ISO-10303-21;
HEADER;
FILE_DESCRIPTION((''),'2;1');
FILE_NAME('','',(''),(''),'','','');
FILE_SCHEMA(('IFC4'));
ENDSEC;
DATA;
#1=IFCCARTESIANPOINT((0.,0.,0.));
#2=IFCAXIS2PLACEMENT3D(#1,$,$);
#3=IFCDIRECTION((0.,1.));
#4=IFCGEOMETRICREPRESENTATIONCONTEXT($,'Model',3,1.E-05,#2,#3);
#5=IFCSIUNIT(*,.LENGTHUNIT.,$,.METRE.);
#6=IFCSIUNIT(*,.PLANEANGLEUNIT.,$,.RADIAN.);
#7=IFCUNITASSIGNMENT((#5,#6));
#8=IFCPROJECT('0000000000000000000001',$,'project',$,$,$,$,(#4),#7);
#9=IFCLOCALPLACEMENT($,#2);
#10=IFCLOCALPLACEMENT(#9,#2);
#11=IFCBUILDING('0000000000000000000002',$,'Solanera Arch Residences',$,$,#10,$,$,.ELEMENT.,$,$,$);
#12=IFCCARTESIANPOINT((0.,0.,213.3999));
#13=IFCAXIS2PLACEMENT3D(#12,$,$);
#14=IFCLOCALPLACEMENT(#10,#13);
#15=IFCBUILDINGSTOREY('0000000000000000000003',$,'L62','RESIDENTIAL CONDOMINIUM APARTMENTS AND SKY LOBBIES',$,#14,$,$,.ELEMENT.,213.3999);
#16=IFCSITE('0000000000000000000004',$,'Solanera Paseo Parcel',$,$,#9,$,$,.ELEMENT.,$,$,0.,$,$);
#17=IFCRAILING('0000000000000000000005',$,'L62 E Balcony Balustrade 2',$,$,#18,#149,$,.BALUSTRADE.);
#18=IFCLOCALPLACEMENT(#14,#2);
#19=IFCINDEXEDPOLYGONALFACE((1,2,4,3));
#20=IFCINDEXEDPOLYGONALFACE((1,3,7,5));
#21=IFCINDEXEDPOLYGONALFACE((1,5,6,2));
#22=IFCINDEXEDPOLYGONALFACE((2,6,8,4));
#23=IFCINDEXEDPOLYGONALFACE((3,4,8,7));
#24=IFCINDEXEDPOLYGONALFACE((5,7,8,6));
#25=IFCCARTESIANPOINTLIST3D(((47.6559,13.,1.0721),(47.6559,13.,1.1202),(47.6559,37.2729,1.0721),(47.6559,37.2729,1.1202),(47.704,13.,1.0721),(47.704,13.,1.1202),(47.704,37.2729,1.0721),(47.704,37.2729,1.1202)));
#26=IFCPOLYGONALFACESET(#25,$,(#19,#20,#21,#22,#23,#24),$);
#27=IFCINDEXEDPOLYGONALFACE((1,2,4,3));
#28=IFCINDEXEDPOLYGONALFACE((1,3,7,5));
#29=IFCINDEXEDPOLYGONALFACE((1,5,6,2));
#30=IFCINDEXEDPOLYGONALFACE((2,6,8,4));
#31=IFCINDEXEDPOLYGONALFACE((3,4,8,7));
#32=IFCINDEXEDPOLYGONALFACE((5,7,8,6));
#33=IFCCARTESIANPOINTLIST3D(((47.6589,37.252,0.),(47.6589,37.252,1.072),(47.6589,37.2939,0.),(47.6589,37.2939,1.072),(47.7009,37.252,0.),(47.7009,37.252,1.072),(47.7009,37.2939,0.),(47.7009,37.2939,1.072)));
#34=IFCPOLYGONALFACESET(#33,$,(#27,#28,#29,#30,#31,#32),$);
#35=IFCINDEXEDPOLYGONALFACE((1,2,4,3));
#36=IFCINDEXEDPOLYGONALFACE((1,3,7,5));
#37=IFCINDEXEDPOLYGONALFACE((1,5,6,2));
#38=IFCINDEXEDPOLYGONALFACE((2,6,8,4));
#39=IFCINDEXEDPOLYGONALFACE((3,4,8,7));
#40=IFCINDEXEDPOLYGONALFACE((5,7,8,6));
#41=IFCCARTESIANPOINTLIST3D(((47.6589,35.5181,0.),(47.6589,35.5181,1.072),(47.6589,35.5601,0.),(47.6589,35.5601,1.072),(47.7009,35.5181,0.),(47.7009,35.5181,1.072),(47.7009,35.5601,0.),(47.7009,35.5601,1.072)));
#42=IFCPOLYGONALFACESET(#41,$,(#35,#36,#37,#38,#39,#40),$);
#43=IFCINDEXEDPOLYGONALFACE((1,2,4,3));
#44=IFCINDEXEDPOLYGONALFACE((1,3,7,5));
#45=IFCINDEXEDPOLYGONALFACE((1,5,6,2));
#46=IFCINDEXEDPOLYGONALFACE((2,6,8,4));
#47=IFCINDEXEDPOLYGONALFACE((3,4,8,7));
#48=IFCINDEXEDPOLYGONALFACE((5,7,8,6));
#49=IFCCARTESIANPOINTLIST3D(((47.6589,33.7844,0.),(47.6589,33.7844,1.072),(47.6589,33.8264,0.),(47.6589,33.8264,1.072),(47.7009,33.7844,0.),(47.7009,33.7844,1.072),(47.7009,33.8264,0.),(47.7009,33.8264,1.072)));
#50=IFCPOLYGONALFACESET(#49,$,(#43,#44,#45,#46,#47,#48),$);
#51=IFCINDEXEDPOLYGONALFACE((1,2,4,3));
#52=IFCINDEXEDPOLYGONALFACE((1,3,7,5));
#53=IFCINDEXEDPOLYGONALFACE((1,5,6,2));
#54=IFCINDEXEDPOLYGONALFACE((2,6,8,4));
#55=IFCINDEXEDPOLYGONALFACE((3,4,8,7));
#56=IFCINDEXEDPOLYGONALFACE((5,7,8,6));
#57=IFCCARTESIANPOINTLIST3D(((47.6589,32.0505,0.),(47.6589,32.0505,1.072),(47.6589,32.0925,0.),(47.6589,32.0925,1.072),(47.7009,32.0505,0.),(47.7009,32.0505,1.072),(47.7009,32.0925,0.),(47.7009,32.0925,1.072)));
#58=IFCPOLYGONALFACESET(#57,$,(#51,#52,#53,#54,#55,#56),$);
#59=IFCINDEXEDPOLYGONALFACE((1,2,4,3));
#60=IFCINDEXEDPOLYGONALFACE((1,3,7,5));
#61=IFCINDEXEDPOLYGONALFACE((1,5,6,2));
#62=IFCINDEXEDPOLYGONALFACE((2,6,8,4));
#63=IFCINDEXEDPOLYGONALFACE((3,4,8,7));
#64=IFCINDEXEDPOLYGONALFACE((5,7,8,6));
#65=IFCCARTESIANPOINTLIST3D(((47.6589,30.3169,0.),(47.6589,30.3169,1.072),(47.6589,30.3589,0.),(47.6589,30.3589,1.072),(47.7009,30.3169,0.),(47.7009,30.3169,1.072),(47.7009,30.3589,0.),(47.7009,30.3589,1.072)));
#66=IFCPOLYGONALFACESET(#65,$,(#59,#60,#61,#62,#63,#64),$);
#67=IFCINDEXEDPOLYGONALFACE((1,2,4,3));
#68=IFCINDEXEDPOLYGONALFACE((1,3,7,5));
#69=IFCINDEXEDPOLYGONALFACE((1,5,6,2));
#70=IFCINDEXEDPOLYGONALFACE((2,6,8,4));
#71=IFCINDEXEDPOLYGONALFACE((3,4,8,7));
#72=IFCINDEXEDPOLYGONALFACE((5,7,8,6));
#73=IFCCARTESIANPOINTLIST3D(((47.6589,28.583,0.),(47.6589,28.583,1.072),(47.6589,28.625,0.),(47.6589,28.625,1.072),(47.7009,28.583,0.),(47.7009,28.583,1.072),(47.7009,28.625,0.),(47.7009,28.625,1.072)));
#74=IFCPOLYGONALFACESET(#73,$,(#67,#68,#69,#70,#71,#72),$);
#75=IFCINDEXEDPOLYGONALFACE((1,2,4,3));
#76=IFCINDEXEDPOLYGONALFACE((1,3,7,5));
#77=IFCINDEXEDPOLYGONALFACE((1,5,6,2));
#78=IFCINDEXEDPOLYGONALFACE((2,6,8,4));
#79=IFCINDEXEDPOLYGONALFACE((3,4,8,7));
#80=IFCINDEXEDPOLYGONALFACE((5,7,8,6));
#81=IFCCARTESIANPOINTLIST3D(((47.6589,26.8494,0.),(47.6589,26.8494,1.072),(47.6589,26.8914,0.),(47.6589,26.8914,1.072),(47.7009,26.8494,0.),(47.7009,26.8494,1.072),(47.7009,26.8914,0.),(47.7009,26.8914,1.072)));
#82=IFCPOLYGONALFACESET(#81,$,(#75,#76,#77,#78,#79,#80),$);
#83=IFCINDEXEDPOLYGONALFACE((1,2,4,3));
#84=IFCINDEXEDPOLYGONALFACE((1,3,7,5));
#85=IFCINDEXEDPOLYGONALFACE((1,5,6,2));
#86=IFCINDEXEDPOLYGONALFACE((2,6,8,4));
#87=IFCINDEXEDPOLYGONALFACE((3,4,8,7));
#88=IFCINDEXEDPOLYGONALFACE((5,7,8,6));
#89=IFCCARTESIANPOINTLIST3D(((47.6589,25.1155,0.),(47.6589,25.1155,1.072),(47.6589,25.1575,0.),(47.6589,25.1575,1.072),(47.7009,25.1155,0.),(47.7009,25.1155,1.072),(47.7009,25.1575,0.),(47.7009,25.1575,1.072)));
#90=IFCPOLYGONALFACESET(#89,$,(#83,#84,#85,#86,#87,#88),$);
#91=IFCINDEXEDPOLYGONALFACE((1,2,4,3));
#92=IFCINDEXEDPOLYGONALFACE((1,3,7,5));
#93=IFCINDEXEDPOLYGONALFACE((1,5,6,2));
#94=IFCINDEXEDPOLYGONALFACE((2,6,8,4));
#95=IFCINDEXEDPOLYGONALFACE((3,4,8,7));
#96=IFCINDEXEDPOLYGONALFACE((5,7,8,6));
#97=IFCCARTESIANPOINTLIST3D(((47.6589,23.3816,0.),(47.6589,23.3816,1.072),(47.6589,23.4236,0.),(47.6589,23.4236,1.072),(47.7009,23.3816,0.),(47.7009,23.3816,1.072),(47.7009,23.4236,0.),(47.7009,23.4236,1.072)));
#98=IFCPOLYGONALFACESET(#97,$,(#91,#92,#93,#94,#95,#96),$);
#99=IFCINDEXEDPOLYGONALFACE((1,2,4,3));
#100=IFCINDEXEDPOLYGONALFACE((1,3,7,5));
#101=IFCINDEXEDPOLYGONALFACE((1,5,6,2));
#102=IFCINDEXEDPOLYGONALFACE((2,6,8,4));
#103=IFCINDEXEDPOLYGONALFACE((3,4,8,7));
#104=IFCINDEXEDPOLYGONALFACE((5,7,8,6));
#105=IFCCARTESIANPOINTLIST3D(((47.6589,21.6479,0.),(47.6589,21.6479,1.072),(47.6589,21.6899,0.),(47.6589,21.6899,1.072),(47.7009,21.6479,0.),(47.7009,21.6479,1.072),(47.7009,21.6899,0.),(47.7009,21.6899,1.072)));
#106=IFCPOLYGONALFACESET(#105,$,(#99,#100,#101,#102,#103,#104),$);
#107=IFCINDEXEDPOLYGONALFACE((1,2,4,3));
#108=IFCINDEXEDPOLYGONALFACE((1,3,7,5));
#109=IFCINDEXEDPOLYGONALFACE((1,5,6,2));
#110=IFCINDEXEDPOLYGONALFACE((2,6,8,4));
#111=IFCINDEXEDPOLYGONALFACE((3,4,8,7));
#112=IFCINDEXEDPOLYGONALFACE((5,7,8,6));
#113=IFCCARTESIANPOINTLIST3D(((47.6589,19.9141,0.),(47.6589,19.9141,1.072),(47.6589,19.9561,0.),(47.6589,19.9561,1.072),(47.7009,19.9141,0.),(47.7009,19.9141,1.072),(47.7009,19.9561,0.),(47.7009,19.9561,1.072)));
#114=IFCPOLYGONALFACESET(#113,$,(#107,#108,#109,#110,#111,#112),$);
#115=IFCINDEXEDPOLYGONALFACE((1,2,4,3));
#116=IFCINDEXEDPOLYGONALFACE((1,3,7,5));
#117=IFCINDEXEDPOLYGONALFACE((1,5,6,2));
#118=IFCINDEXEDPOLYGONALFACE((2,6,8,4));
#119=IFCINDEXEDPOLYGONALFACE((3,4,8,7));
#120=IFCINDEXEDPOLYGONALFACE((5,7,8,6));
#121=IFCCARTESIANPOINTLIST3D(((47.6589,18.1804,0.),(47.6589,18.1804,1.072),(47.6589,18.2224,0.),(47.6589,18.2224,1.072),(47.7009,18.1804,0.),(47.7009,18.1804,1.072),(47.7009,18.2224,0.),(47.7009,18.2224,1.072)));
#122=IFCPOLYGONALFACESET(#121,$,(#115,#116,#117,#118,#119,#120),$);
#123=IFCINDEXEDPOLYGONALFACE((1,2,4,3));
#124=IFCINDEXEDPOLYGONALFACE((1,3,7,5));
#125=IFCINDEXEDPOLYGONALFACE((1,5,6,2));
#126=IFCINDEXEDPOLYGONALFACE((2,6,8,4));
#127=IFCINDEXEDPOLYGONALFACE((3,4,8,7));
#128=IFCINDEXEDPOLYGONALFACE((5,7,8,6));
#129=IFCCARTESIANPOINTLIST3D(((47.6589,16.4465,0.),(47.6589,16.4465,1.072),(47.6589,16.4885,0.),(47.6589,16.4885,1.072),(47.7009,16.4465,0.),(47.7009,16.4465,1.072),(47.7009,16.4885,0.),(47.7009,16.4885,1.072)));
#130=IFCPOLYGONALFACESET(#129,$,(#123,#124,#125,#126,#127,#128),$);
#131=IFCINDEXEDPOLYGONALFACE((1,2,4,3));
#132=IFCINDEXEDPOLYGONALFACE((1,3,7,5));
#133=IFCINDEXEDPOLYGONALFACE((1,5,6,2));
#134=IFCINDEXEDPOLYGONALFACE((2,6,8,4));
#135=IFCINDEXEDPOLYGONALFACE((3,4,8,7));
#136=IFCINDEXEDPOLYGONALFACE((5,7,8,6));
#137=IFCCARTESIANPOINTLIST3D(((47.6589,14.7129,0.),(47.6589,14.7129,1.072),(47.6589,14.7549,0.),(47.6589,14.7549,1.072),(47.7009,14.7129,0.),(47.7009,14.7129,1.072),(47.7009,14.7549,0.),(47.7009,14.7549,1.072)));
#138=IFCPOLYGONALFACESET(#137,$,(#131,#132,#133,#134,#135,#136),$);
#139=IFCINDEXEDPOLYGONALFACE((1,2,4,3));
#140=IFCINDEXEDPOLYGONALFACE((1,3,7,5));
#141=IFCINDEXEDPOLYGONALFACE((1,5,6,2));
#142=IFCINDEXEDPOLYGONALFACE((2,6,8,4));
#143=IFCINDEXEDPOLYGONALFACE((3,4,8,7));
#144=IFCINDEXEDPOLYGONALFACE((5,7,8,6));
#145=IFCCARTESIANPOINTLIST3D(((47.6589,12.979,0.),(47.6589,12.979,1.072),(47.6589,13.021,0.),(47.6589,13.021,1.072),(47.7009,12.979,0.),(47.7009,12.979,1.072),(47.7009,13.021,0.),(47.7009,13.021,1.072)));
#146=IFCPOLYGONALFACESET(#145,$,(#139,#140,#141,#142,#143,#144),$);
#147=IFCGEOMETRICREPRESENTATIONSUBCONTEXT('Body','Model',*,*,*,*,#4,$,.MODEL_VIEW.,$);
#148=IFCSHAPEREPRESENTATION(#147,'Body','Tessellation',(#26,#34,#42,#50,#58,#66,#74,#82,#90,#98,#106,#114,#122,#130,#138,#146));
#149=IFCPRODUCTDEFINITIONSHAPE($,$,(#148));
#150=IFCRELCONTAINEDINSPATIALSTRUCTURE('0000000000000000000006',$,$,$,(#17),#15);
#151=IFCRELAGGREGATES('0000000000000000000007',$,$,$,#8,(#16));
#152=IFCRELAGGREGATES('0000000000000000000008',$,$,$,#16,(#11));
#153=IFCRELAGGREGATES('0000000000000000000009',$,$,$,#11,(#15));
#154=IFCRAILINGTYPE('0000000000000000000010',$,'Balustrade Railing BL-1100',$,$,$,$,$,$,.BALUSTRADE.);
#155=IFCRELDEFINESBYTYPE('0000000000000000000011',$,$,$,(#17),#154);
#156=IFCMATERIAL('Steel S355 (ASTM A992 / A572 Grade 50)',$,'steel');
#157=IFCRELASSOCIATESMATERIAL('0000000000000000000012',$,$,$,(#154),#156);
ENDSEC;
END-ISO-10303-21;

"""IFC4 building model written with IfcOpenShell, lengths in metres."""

from ifc_helpers import new_model, si_unit, direction, frame, origin, origin_2d, place, context, subcontext, project, spatial, rectangle, extrude, material, type_object, element, save


model = new_model("IFC4")

# Units and contexts
model_context = context("Model", 3, precision=1e-05, world=origin(), true_north=direction((0.0, 1.0)))
body_context = subcontext(model_context, "Body", "Model", "MODEL_VIEW")
ifc_project = project(units=[si_unit("LENGTHUNIT", "METRE"), si_unit("PLANEANGLEUNIT", "RADIAN")], contexts=[model_context])

# Site, building, storey
site_placement = place(None, origin())
site = spatial("IfcSite", under=ifc_project, at=site_placement, Name="Solanera Paseo Parcel", CompositionType="ELEMENT", RefElevation=0.0)
building_placement = place(site_placement, origin())
building = spatial("IfcBuilding", under=site, at=building_placement, Name="Solanera Arch Residences", CompositionType="ELEMENT")
storey_placement = place(building_placement, frame((0.0, 0.0, 213.3999)))
storey = spatial("IfcBuildingStorey", under=building, at=storey_placement, Name="L62", Description="RESIDENTIAL CONDOMINIUM APARTMENTS AND SKY LOBBIES", CompositionType="ELEMENT", Elevation=213.3999)

# Railing
ifc_material_1 = material(Name="Steel S355 (ASTM A992 / A572 Grade 50)", Category="steel")
railing_type = type_object("IfcRailingType", Name="Balustrade Railing BL-1100", PredefinedType="BALUSTRADE", material=ifc_material_1)
railing_placement = place(storey_placement, frame((47.6799, 37.2729, 0.0)))
element("IfcRailing", 1, at=railing_placement, inside=storey, type_object=railing_type, Name="L62 E Balcony Balustrade 2", PredefinedType="BALUSTRADE", context=body_context, shape_type="SweptSolid", body=[
    extrude(rectangle(XDim=0.0481, YDim=0.0481, at=origin_2d()), frame((0.0, 0.0, 1.0962), z_axis=(0.0, -1.0, 0.0), x_axis=(1.0, 0.0, 0.0)), (0.0, 0.0, 1.0), 24.2729),
    extrude(rectangle(XDim=0.042, YDim=0.042, at=origin_2d()), origin(), (0.0, 0.0, 1.0), 1.072),
    extrude(rectangle(XDim=0.042, YDim=0.042, at=origin_2d()), frame((0.0, -1.7339, 0.0)), (0.0, 0.0, 1.0), 1.072),
    extrude(rectangle(XDim=0.042, YDim=0.042, at=origin_2d()), frame((0.0, -3.4675, 0.0)), (0.0, 0.0, 1.0), 1.072),
    extrude(rectangle(XDim=0.042, YDim=0.042, at=origin_2d()), frame((0.0, -5.2014, 0.0)), (0.0, 0.0, 1.0), 1.072),
    extrude(rectangle(XDim=0.042, YDim=0.042, at=origin_2d()), frame((0.0, -6.9351, 0.0)), (0.0, 0.0, 1.0), 1.072),
    extrude(rectangle(XDim=0.042, YDim=0.042, at=origin_2d()), frame((0.0, -8.6689, 0.0)), (0.0, 0.0, 1.0), 1.072),
    extrude(rectangle(XDim=0.042, YDim=0.042, at=origin_2d()), frame((0.0, -10.4026, 0.0)), (0.0, 0.0, 1.0), 1.072),
    extrude(rectangle(XDim=0.042, YDim=0.042, at=origin_2d()), frame((0.0, -12.1365, 0.0)), (0.0, 0.0, 1.0), 1.072),
    extrude(rectangle(XDim=0.042, YDim=0.042, at=origin_2d()), frame((0.0, -13.8704, 0.0)), (0.0, 0.0, 1.0), 1.072),
    extrude(rectangle(XDim=0.042, YDim=0.042, at=origin_2d()), frame((0.0, -15.604, 0.0)), (0.0, 0.0, 1.0), 1.072),
    extrude(rectangle(XDim=0.042, YDim=0.042, at=origin_2d()), frame((0.0, -17.3379, 0.0)), (0.0, 0.0, 1.0), 1.072),
    extrude(rectangle(XDim=0.042, YDim=0.042, at=origin_2d()), frame((0.0, -19.0715, 0.0)), (0.0, 0.0, 1.0), 1.072),
    extrude(rectangle(XDim=0.042, YDim=0.042, at=origin_2d()), frame((0.0, -20.8054, 0.0)), (0.0, 0.0, 1.0), 1.072),
    extrude(rectangle(XDim=0.042, YDim=0.042, at=origin_2d()), frame((0.0, -22.5391, 0.0)), (0.0, 0.0, 1.0), 1.072),
    extrude(rectangle(XDim=0.042, YDim=0.042, at=origin_2d()), frame((0.0, -24.2729, 0.0)), (0.0, 0.0, 1.0), 1.072),
])

save(model, "model.ifc")
